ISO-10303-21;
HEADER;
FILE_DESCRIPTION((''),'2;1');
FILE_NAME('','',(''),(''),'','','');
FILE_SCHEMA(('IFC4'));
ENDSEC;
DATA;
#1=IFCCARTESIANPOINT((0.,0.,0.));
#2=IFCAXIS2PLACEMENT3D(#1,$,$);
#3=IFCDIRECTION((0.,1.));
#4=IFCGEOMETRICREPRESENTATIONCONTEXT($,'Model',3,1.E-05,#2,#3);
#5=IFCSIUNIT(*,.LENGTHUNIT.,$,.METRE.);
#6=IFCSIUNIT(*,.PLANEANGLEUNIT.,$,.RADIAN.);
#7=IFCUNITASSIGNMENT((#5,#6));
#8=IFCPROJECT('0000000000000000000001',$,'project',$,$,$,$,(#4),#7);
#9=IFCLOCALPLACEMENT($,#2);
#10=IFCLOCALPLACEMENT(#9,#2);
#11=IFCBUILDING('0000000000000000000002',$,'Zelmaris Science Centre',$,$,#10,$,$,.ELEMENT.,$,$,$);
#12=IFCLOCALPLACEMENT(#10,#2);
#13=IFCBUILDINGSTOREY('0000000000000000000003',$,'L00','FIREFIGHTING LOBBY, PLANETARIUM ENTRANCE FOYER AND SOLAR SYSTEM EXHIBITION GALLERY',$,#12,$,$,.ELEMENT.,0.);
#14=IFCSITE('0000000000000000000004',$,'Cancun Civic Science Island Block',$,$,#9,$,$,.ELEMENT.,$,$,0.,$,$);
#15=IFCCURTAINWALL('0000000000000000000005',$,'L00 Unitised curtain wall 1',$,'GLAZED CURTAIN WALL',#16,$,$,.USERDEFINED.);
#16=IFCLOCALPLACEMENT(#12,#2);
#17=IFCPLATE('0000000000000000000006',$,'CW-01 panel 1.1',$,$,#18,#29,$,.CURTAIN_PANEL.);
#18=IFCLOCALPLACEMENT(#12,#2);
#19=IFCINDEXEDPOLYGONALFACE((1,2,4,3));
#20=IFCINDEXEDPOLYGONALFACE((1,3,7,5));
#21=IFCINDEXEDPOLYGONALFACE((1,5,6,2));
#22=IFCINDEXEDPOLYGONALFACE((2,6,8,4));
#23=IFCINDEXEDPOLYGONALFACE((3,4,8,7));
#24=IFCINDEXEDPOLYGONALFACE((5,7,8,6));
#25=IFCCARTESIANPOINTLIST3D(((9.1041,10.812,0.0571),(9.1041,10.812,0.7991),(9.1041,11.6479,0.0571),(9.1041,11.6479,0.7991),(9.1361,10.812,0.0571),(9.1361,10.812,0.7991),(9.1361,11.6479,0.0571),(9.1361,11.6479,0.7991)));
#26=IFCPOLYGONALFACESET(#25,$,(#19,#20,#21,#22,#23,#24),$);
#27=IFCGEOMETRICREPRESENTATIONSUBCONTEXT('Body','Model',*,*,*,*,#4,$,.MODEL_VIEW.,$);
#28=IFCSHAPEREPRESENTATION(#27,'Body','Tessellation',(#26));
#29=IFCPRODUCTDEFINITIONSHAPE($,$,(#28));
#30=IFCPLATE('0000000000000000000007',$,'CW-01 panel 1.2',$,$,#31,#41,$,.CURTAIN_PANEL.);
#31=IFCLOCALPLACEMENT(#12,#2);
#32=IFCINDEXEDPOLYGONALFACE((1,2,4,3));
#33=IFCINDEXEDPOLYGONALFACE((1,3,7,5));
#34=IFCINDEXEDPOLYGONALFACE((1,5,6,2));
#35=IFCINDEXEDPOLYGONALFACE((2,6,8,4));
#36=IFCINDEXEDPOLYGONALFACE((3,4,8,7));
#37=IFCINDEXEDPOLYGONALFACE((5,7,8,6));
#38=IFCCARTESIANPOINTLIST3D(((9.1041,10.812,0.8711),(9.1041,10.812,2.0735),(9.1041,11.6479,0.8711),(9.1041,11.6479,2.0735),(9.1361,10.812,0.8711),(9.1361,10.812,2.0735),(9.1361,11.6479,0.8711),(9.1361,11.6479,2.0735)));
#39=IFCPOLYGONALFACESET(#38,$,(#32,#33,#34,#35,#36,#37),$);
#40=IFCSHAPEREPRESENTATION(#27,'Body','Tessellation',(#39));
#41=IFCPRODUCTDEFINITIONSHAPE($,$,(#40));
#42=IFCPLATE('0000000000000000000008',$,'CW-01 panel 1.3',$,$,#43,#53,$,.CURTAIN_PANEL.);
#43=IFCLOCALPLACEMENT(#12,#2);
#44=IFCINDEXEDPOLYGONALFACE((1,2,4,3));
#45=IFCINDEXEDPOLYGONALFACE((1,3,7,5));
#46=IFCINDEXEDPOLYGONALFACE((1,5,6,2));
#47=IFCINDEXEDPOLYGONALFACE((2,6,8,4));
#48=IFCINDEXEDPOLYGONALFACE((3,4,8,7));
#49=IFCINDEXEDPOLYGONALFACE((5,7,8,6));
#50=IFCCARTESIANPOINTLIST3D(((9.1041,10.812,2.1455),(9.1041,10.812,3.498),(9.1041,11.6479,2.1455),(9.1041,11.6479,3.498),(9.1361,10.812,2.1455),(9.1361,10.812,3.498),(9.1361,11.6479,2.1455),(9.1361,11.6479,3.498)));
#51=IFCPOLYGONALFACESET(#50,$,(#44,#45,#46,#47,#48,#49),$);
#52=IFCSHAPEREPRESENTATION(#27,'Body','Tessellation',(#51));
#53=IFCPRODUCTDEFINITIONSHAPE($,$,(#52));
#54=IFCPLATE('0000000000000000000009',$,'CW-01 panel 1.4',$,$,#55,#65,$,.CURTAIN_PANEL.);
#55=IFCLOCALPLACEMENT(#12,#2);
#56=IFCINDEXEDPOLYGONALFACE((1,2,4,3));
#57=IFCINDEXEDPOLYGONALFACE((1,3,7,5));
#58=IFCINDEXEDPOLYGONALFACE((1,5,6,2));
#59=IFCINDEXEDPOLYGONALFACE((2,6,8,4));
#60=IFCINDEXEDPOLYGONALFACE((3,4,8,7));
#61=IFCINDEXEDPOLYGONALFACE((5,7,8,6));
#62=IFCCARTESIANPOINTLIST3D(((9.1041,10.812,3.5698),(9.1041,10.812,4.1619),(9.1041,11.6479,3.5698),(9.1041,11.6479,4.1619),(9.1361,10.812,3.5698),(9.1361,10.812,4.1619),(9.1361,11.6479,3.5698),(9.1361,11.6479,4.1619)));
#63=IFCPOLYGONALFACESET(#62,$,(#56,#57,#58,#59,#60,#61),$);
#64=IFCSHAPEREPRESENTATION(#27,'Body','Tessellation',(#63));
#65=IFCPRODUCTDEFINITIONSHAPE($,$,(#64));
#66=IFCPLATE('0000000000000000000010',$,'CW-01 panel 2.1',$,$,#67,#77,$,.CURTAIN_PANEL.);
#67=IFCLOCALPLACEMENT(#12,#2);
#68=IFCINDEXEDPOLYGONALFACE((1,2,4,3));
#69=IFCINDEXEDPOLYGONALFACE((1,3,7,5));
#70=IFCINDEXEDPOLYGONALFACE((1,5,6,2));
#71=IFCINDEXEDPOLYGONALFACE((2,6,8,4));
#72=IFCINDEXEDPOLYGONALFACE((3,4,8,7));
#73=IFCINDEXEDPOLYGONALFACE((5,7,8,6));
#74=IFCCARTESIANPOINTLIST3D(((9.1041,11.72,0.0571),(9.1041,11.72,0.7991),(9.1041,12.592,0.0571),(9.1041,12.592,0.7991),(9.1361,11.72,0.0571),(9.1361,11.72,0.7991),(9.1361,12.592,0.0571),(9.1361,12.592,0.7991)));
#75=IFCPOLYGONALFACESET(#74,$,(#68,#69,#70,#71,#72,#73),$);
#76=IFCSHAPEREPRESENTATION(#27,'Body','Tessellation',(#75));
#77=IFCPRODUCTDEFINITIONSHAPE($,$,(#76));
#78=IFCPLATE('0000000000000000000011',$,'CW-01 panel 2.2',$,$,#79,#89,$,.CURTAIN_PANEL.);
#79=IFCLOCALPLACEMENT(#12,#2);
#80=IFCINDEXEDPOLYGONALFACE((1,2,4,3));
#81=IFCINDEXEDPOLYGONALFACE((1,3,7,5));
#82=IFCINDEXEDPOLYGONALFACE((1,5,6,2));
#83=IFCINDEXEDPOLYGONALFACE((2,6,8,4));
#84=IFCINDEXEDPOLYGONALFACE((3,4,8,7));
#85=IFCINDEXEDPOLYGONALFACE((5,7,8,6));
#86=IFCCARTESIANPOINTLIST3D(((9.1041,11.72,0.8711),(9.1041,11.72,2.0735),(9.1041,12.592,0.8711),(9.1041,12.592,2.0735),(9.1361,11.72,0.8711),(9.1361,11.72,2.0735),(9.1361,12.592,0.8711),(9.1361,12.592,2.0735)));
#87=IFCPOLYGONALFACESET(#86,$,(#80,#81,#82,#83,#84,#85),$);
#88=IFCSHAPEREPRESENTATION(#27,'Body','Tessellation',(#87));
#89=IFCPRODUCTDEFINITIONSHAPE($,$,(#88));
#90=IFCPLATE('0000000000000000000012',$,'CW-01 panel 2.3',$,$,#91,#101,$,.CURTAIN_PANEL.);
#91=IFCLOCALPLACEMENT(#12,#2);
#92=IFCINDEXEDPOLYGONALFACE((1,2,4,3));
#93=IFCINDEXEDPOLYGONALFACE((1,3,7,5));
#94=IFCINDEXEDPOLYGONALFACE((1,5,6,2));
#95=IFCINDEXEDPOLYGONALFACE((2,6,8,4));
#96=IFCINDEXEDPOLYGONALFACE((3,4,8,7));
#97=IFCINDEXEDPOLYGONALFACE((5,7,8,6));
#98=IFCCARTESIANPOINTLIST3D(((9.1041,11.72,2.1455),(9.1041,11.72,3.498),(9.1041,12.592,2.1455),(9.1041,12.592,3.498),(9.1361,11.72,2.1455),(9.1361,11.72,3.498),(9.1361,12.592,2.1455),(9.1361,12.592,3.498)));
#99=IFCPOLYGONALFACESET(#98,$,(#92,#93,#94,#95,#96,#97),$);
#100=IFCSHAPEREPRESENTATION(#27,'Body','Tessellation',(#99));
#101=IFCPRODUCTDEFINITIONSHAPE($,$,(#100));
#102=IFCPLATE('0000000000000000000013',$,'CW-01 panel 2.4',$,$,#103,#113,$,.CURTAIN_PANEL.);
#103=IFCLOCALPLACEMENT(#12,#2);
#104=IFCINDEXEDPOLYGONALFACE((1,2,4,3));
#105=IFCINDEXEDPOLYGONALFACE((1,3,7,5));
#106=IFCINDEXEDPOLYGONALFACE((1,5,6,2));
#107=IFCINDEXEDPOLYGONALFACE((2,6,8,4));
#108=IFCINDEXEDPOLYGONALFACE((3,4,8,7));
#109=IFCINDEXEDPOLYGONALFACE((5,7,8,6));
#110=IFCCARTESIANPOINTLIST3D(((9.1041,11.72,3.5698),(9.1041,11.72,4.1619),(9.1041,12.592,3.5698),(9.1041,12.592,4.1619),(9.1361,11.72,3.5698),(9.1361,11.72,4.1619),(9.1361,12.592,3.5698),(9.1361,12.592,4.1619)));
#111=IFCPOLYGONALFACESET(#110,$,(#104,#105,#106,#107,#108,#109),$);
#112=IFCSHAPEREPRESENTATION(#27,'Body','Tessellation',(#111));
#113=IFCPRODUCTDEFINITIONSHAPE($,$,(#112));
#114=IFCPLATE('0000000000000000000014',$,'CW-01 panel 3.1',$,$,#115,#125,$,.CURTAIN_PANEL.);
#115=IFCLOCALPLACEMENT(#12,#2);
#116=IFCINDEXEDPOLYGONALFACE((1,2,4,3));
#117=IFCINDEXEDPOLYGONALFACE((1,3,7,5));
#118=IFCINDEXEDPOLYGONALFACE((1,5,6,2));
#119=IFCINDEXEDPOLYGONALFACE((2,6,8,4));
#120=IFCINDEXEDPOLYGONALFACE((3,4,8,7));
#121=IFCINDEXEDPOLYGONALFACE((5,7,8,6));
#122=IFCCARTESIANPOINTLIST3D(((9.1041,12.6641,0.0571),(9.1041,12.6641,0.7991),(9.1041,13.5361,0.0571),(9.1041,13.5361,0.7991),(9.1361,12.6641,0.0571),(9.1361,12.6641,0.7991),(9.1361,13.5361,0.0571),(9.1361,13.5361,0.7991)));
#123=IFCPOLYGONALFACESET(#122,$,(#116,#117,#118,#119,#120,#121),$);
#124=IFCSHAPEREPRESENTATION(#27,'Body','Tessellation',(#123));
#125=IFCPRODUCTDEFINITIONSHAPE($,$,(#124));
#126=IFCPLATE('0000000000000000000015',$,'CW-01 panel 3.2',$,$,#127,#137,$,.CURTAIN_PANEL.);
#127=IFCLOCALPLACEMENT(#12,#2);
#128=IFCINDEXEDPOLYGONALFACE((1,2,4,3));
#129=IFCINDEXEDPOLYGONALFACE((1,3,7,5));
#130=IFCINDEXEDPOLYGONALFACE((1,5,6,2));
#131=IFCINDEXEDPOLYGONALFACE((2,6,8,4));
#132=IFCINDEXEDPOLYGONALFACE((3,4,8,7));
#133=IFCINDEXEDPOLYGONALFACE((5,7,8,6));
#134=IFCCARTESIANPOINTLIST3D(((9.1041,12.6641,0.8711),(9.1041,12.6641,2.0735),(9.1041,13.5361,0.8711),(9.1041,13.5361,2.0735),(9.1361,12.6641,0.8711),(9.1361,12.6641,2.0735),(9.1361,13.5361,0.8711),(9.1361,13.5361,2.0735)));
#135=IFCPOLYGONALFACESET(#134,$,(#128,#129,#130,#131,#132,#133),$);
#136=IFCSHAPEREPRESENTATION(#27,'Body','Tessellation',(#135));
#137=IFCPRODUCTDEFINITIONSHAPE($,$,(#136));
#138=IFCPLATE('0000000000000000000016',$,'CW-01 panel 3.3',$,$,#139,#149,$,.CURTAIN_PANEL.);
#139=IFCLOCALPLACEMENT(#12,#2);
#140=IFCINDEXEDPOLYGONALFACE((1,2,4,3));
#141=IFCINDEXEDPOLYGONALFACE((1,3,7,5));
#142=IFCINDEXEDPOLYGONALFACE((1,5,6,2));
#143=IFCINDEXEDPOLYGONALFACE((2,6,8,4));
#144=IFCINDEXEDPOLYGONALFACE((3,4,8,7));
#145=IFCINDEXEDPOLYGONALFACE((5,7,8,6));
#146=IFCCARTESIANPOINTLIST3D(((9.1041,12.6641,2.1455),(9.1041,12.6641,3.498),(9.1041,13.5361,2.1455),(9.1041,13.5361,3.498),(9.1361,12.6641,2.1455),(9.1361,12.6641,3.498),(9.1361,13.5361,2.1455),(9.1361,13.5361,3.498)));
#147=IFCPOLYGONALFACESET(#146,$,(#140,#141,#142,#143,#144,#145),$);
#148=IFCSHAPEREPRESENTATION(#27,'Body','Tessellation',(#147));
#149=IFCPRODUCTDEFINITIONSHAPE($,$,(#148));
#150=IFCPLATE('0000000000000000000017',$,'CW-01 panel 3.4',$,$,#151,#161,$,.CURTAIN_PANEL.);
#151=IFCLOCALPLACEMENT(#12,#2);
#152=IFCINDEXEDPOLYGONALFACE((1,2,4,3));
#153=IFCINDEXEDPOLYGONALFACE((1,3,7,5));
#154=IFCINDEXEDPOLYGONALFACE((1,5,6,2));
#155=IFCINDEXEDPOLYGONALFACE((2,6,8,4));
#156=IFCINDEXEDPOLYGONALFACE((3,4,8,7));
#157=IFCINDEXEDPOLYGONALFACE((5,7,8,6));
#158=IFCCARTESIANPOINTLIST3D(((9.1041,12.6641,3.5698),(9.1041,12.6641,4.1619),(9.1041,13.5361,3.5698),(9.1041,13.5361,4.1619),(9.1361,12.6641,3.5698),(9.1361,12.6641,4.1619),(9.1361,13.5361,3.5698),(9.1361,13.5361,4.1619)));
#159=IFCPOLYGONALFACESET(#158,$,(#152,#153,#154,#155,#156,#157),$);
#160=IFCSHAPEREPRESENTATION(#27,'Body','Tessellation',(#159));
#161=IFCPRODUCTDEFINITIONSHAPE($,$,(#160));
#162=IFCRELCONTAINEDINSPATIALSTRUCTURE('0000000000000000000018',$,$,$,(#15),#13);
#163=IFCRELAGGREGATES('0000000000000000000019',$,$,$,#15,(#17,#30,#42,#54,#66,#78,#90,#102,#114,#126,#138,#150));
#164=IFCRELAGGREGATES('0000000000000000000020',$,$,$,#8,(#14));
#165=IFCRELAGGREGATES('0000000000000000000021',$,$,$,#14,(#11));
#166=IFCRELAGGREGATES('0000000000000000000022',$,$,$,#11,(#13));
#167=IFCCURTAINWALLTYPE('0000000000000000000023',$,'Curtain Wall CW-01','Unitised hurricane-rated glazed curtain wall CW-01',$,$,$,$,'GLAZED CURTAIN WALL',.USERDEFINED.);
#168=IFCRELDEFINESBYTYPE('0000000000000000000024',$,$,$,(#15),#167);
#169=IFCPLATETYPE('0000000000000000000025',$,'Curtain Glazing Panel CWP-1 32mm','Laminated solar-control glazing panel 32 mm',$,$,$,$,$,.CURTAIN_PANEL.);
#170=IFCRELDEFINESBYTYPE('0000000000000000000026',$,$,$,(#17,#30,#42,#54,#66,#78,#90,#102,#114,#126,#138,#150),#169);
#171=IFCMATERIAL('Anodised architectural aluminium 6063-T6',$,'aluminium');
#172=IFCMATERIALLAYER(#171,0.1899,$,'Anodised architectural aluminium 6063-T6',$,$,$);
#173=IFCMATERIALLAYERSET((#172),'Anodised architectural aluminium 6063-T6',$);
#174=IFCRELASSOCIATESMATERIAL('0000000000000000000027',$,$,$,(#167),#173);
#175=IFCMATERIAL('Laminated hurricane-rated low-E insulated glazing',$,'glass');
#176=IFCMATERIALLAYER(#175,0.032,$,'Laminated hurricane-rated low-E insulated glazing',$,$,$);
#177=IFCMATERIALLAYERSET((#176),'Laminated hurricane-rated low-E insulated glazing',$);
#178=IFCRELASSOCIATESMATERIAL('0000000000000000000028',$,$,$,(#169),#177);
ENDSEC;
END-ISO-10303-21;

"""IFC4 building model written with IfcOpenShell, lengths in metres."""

from ifc_helpers import new_model, si_unit, direction, frame, origin, origin_2d, place, context, subcontext, project, spatial, rectangle, extrude, material, layer, layer_set, type_object, element, aggregate, save


model = new_model("IFC4")

# Units and contexts
model_context = context("Model", 3, precision=1e-05, world=origin(), true_north=direction((0.0, 1.0)))
body_context = subcontext(model_context, "Body", "Model", "MODEL_VIEW")
ifc_project = project(units=[si_unit("LENGTHUNIT", "METRE"), si_unit("PLANEANGLEUNIT", "RADIAN")], contexts=[model_context])

# Site, building, storey
site_placement = place(None, origin())
site = spatial("IfcSite", under=ifc_project, at=site_placement, Name="Cancun Civic Science Island Block", CompositionType="ELEMENT", RefElevation=0.0)
building_placement = place(site_placement, origin())
building = spatial("IfcBuilding", under=site, at=building_placement, Name="Zelmaris Science Centre", CompositionType="ELEMENT")
storey_placement = place(building_placement, origin())
storey = spatial("IfcBuildingStorey", under=building, at=storey_placement, Name="L00", Description="FIREFIGHTING LOBBY, PLANETARIUM ENTRANCE FOYER AND SOLAR SYSTEM EXHIBITION GALLERY", CompositionType="ELEMENT", Elevation=0.0)

# Curtain wall
ifc_material_1 = material(Name="Anodised architectural aluminium 6063-T6", Category="aluminium")
ifc_layer_1 = layer(ifc_material_1, 0.1899, Name="Anodised architectural aluminium 6063-T6")
ifc_layer_set_1 = layer_set([ifc_layer_1], Name="Anodised architectural aluminium 6063-T6")
curtain_wall_type = type_object("IfcCurtainWallType", Name="Curtain Wall CW-01", Description="Unitised hurricane-rated glazed curtain wall CW-01", ElementType="GLAZED CURTAIN WALL", PredefinedType="USERDEFINED", material=ifc_layer_set_1)
curtain_wall_placement = place(storey_placement, origin())
curtain_wall = element("IfcCurtainWall", 1, at=curtain_wall_placement, inside=storey, type_object=curtain_wall_type, Name="L00 Unitised curtain wall 1", ObjectType="GLAZED CURTAIN WALL", PredefinedType="USERDEFINED")

# Plates
ifc_material_2 = material(Name="Laminated hurricane-rated low-E insulated glazing", Category="glass")
ifc_layer_2 = layer(ifc_material_2, 0.032, Name="Laminated hurricane-rated low-E insulated glazing")
ifc_layer_set_2 = layer_set([ifc_layer_2], Name="Laminated hurricane-rated low-E insulated glazing")
plate_type = type_object("IfcPlateType", Name="Curtain Glazing Panel CWP-1 32mm", Description="Laminated solar-control glazing panel 32 mm", PredefinedType="CURTAIN_PANEL", material=ifc_layer_set_2)
plate_1_placement = place(storey_placement, frame((9.1201, 11.23, 0.0571), z_axis=(0.0, 0.0, 1.0), x_axis=(0.0, 1.0, 0.0)))
plate_1 = element("IfcPlate", 2, at=plate_1_placement, type_object=plate_type, Name="CW-01 panel 1.1", PredefinedType="CURTAIN_PANEL", context=body_context, shape_type="SweptSolid", body=[
    extrude(rectangle(XDim=0.8359, YDim=0.032, at=origin_2d()), origin(), (0.0, 0.0, 1.0), 0.7419),
])
plate_2_placement = place(storey_placement, frame((9.1201, 11.23, 0.8711), z_axis=(0.0, 0.0, 1.0), x_axis=(0.0, 1.0, 0.0)))
plate_2 = element("IfcPlate", 3, at=plate_2_placement, type_object=plate_type, Name="CW-01 panel 1.2", PredefinedType="CURTAIN_PANEL", context=body_context, shape_type="SweptSolid", body=[
    extrude(rectangle(XDim=0.8359, YDim=0.032, at=origin_2d()), origin(), (0.0, 0.0, 1.0), 1.2024),
])
plate_3_placement = place(storey_placement, frame((9.1201, 11.23, 2.1455), z_axis=(0.0, 0.0, 1.0), x_axis=(0.0, 1.0, 0.0)))
plate_3 = element("IfcPlate", 4, at=plate_3_placement, type_object=plate_type, Name="CW-01 panel 1.3", PredefinedType="CURTAIN_PANEL", context=body_context, shape_type="SweptSolid", body=[
    extrude(rectangle(XDim=0.8359, YDim=0.032, at=origin_2d()), origin(), (0.0, 0.0, 1.0), 1.3525),
])
plate_4_placement = place(storey_placement, frame((9.1201, 11.23, 3.5698), z_axis=(0.0, 0.0, 1.0), x_axis=(0.0, 1.0, 0.0)))
plate_4 = element("IfcPlate", 5, at=plate_4_placement, type_object=plate_type, Name="CW-01 panel 1.4", PredefinedType="CURTAIN_PANEL", context=body_context, shape_type="SweptSolid", body=[
    extrude(rectangle(XDim=0.8359, YDim=0.032, at=origin_2d()), origin(), (0.0, 0.0, 1.0), 0.592),
])
plate_5_placement = place(storey_placement, frame((9.1201, 12.156, 0.0571), z_axis=(0.0, 0.0, 1.0), x_axis=(0.0, 1.0, 0.0)))
plate_5 = element("IfcPlate", 6, at=plate_5_placement, type_object=plate_type, Name="CW-01 panel 2.1", PredefinedType="CURTAIN_PANEL", context=body_context, shape_type="SweptSolid", body=[
    extrude(rectangle(XDim=0.8721, YDim=0.032, at=origin_2d()), origin(), (0.0, 0.0, 1.0), 0.7419),
])
plate_6_placement = place(storey_placement, frame((9.1201, 12.156, 0.8711), z_axis=(0.0, 0.0, 1.0), x_axis=(0.0, 1.0, 0.0)))
plate_6 = element("IfcPlate", 7, at=plate_6_placement, type_object=plate_type, Name="CW-01 panel 2.2", PredefinedType="CURTAIN_PANEL", context=body_context, shape_type="SweptSolid", body=[
    extrude(rectangle(XDim=0.8721, YDim=0.032, at=origin_2d()), origin(), (0.0, 0.0, 1.0), 1.2024),
])
plate_7_placement = place(storey_placement, frame((9.1201, 12.156, 2.1455), z_axis=(0.0, 0.0, 1.0), x_axis=(0.0, 1.0, 0.0)))
plate_7 = element("IfcPlate", 8, at=plate_7_placement, type_object=plate_type, Name="CW-01 panel 2.3", PredefinedType="CURTAIN_PANEL", context=body_context, shape_type="SweptSolid", body=[
    extrude(rectangle(XDim=0.8721, YDim=0.032, at=origin_2d()), origin(), (0.0, 0.0, 1.0), 1.3525),
])
plate_8_placement = place(storey_placement, frame((9.1201, 12.156, 3.5698), z_axis=(0.0, 0.0, 1.0), x_axis=(0.0, 1.0, 0.0)))
plate_8 = element("IfcPlate", 9, at=plate_8_placement, type_object=plate_type, Name="CW-01 panel 2.4", PredefinedType="CURTAIN_PANEL", context=body_context, shape_type="SweptSolid", body=[
    extrude(rectangle(XDim=0.8721, YDim=0.032, at=origin_2d()), origin(), (0.0, 0.0, 1.0), 0.592),
])
plate_9_placement = place(storey_placement, frame((9.1201, 13.1001, 0.0571), z_axis=(0.0, 0.0, 1.0), x_axis=(0.0, 1.0, 0.0)))
plate_9 = element("IfcPlate", 10, at=plate_9_placement, type_object=plate_type, Name="CW-01 panel 3.1", PredefinedType="CURTAIN_PANEL", context=body_context, shape_type="SweptSolid", body=[
    extrude(rectangle(XDim=0.8721, YDim=0.032, at=origin_2d()), origin(), (0.0, 0.0, 1.0), 0.7419),
])
plate_10_placement = place(storey_placement, frame((9.1201, 13.1001, 0.8711), z_axis=(0.0, 0.0, 1.0), x_axis=(0.0, 1.0, 0.0)))
plate_10 = element("IfcPlate", 11, at=plate_10_placement, type_object=plate_type, Name="CW-01 panel 3.2", PredefinedType="CURTAIN_PANEL", context=body_context, shape_type="SweptSolid", body=[
    extrude(rectangle(XDim=0.8721, YDim=0.032, at=origin_2d()), origin(), (0.0, 0.0, 1.0), 1.2024),
])
plate_11_placement = place(storey_placement, frame((9.1201, 13.1001, 2.1455), z_axis=(0.0, 0.0, 1.0), x_axis=(0.0, 1.0, 0.0)))
plate_11 = element("IfcPlate", 12, at=plate_11_placement, type_object=plate_type, Name="CW-01 panel 3.3", PredefinedType="CURTAIN_PANEL", context=body_context, shape_type="SweptSolid", body=[
    extrude(rectangle(XDim=0.8721, YDim=0.032, at=origin_2d()), origin(), (0.0, 0.0, 1.0), 1.3525),
])
plate_12_placement = place(storey_placement, frame((9.1201, 13.1001, 3.5698), z_axis=(0.0, 0.0, 1.0), x_axis=(0.0, 1.0, 0.0)))
plate_12 = element("IfcPlate", 13, at=plate_12_placement, type_object=plate_type, Name="CW-01 panel 3.4", PredefinedType="CURTAIN_PANEL", context=body_context, shape_type="SweptSolid", body=[
    extrude(rectangle(XDim=0.8721, YDim=0.032, at=origin_2d()), origin(), (0.0, 0.0, 1.0), 0.592),
])
aggregate(curtain_wall, [plate_1, plate_2, plate_3, plate_4, plate_5, plate_6, plate_7, plate_8, plate_9, plate_10, plate_11, plate_12])

save(model, "model.ifc")
